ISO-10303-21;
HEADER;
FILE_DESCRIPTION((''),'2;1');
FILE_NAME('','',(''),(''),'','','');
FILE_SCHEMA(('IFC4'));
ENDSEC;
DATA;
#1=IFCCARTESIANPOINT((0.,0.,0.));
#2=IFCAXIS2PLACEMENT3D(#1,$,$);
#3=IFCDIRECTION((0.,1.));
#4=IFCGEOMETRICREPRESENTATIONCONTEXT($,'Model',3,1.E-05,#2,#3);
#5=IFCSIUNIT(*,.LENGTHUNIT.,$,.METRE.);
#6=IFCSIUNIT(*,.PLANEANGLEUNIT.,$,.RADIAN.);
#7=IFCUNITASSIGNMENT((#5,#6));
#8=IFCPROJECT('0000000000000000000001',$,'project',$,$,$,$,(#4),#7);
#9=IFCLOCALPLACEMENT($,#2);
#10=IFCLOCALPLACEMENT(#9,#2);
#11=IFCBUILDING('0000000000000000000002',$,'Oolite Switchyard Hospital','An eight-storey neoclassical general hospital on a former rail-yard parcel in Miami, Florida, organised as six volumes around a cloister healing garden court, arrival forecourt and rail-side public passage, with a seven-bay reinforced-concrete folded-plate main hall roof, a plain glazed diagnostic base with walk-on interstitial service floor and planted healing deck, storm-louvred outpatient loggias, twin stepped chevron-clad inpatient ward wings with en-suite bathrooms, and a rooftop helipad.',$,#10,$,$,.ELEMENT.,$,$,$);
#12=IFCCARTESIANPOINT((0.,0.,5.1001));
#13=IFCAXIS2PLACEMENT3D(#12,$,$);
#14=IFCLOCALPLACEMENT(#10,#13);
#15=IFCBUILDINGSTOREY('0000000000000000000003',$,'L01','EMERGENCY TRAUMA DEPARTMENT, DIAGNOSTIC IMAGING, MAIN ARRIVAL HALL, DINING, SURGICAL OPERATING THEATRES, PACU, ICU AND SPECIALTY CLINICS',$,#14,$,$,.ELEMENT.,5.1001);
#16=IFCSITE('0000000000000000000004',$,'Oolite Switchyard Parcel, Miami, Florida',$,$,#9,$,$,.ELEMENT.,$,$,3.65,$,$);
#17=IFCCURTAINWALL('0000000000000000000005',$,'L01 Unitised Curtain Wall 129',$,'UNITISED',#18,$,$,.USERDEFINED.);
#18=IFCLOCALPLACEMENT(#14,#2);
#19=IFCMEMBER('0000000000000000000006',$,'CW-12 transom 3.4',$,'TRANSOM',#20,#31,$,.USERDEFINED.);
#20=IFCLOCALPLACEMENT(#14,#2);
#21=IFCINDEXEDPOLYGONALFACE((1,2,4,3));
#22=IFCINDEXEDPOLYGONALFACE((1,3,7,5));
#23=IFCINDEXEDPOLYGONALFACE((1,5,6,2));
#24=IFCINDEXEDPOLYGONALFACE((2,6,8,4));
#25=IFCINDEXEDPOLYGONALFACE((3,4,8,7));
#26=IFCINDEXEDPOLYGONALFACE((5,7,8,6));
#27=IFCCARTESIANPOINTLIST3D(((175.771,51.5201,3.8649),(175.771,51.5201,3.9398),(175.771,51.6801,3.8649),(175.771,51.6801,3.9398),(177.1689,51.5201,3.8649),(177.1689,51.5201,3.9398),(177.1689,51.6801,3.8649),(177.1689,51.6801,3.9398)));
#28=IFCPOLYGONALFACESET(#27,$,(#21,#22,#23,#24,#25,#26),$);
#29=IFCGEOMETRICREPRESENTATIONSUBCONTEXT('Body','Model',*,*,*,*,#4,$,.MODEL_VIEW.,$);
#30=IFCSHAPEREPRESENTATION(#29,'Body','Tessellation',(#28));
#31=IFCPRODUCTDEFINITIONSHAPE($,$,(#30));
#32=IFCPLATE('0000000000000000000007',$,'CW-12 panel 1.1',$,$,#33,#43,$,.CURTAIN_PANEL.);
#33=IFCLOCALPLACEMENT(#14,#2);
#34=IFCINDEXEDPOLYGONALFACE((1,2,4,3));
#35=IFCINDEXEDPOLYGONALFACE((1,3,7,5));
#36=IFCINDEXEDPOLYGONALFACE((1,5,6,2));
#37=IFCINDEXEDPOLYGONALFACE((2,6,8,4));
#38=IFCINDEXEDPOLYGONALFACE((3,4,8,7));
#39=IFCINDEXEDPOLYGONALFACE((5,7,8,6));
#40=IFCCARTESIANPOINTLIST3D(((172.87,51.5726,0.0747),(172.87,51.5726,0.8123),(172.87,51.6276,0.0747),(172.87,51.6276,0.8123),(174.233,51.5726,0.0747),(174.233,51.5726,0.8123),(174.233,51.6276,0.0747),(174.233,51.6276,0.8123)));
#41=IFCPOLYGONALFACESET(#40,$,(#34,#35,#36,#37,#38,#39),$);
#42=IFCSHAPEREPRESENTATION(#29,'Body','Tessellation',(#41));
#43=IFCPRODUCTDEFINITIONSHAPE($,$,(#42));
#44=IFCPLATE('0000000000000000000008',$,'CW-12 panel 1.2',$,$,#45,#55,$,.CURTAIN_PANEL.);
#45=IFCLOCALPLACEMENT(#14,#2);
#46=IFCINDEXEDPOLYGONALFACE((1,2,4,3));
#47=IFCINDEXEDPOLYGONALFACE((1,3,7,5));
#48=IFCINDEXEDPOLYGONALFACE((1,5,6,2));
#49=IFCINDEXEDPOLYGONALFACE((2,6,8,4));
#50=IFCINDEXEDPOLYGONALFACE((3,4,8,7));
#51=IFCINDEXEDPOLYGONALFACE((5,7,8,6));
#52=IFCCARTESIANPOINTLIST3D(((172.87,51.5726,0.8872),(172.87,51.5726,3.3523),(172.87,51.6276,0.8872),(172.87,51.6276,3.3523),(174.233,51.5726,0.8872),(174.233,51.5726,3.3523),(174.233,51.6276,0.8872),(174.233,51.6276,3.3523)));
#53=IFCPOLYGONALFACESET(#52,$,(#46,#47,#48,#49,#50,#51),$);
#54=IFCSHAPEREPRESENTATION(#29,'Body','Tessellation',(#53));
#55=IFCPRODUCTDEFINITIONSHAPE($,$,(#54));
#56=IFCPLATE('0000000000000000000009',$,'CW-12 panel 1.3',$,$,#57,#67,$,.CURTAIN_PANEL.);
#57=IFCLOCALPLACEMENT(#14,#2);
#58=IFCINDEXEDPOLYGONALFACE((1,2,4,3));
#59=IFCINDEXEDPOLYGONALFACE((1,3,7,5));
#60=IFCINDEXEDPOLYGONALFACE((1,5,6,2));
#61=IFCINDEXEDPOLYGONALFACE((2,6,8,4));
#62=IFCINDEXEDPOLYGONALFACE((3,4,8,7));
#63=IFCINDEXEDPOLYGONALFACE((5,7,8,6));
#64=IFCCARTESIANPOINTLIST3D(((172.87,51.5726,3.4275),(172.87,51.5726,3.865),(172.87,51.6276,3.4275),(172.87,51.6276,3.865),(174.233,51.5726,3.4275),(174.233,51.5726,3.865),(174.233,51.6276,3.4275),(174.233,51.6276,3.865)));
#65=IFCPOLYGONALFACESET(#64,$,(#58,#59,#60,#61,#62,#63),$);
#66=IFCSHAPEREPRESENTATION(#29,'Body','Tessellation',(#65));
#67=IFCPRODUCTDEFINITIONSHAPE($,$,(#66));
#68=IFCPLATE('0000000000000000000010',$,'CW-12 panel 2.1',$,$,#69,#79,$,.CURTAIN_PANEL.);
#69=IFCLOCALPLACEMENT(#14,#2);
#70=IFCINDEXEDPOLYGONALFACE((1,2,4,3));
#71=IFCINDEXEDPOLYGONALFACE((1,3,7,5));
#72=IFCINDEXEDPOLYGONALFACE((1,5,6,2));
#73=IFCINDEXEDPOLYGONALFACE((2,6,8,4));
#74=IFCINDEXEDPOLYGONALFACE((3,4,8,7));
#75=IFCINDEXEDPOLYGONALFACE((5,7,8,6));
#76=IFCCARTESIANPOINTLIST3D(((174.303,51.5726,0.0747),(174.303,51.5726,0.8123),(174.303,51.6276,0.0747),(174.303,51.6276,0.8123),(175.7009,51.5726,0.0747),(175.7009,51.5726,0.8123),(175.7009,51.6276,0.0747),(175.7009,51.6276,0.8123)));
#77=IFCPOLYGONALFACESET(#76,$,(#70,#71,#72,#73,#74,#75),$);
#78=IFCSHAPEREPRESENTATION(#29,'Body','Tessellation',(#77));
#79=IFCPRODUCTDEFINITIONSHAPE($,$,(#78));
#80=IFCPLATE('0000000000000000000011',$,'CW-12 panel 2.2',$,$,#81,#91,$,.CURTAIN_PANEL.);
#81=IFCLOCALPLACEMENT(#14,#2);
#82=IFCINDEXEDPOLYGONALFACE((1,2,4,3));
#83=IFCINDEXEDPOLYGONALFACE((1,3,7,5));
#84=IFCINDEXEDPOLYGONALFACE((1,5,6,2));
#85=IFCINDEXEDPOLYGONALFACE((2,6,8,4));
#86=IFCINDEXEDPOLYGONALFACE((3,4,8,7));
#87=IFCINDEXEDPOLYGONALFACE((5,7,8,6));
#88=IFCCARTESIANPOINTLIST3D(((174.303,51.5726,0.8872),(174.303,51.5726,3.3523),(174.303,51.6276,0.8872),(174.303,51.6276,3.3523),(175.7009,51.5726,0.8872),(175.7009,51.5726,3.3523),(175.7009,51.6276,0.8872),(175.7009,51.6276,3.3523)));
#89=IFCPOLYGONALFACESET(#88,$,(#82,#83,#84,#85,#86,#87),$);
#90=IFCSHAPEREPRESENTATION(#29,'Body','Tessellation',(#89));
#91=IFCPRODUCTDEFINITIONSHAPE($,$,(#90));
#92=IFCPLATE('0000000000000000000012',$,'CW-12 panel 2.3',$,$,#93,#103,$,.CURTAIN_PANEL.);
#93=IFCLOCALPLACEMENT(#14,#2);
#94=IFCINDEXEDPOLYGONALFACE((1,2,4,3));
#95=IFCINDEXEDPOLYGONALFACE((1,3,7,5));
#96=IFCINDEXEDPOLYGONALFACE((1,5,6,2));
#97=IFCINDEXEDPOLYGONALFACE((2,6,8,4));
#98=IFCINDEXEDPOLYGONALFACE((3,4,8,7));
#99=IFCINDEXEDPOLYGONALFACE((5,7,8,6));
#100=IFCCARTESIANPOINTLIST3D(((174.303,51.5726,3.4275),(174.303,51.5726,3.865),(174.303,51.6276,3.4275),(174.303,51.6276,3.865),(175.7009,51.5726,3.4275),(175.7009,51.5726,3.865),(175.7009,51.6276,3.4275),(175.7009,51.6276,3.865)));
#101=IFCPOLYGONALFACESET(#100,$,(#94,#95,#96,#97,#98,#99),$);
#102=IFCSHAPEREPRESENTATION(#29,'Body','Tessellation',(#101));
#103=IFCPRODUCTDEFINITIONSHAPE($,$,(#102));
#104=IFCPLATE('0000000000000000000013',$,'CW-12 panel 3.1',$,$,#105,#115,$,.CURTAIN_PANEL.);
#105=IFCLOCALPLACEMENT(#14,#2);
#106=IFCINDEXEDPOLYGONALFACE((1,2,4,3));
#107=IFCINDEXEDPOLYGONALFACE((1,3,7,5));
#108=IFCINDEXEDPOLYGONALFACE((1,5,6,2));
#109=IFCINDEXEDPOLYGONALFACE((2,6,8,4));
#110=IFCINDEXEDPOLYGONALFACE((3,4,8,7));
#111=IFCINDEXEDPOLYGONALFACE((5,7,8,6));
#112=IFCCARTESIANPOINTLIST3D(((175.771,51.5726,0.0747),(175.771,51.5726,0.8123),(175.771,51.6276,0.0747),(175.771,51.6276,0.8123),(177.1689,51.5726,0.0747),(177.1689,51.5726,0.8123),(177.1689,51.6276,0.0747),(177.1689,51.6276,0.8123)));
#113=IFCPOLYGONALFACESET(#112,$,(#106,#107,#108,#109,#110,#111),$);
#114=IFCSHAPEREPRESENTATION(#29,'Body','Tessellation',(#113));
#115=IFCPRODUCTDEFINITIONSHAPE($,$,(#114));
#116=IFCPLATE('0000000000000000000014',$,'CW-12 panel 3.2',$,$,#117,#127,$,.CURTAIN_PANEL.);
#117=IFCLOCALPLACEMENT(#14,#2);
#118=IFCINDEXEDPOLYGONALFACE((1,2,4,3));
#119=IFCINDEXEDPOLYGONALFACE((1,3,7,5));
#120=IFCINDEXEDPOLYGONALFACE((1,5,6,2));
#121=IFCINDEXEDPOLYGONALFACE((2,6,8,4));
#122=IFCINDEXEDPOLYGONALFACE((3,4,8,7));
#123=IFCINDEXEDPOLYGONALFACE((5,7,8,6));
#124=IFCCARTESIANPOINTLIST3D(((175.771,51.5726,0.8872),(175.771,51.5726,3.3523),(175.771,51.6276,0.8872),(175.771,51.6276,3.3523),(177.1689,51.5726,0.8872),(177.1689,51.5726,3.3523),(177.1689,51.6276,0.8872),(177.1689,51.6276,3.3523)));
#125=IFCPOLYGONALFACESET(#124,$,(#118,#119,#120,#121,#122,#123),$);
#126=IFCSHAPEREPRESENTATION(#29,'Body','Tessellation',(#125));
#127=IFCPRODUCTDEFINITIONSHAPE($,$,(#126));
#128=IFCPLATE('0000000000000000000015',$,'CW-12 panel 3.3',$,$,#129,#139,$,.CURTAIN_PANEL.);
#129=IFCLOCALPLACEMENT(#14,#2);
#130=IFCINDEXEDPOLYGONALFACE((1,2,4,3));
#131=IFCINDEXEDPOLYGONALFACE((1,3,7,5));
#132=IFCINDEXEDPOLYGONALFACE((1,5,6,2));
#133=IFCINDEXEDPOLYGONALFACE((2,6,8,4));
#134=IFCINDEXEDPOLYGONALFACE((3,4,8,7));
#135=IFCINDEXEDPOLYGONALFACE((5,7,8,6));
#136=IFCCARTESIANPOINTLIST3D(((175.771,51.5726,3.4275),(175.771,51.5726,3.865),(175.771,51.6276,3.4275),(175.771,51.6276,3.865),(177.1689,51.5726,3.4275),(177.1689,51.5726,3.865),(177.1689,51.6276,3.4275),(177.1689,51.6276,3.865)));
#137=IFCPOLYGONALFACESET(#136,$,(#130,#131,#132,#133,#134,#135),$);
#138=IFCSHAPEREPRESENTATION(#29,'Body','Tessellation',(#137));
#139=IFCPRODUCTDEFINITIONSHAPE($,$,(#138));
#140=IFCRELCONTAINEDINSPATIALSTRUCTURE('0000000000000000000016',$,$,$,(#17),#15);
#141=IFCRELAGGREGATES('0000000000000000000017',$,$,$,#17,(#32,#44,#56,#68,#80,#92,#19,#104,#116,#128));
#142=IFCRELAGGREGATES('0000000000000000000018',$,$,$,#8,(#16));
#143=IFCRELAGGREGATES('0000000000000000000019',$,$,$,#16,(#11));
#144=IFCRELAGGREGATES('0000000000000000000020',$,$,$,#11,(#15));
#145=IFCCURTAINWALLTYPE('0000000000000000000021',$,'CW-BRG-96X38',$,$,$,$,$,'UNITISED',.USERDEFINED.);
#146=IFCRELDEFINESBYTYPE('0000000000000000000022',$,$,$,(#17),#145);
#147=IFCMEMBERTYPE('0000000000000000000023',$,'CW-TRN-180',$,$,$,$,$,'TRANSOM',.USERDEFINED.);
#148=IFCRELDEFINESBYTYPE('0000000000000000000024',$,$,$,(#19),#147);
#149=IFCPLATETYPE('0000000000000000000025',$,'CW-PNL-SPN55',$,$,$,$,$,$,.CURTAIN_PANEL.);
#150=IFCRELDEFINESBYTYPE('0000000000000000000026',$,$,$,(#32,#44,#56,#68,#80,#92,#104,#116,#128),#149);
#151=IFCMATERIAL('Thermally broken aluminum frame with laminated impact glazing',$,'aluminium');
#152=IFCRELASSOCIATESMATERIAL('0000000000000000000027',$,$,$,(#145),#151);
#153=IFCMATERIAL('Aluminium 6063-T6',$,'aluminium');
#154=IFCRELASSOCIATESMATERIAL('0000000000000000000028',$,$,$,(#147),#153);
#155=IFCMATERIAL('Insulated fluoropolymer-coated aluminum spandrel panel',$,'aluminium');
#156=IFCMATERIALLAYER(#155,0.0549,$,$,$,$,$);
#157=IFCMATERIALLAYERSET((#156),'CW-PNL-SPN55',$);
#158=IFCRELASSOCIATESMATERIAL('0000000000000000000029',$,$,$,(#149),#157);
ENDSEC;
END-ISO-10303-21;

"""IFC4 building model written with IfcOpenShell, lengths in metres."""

from ifc_helpers import new_model, si_unit, direction, frame, origin, origin_2d, place, context, subcontext, project, spatial, rectangle, extrude, material, layer, layer_set, material_profile, profile_set, type_object, element, aggregate, save


model = new_model("IFC4")

# Units and contexts
model_context = context("Model", 3, precision=1e-05, world=origin(), true_north=direction((0.0, 1.0)))
body_context = subcontext(model_context, "Body", "Model", "MODEL_VIEW")
ifc_project = project(units=[si_unit("LENGTHUNIT", "METRE"), si_unit("PLANEANGLEUNIT", "RADIAN")], contexts=[model_context])

# Site, building, storey
site_placement = place(None, origin())
site = spatial("IfcSite", under=ifc_project, at=site_placement, Name="Oolite Switchyard Parcel, Miami, Florida", CompositionType="ELEMENT", RefElevation=3.65)
building_placement = place(site_placement, origin())
building = spatial("IfcBuilding", under=site, at=building_placement, Name="Oolite Switchyard Hospital", Description="An eight-storey neoclassical general hospital on a former rail-yard parcel in Miami, Florida, organised as six volumes around a cloister healing garden court, arrival forecourt and rail-side public passage, with a seven-bay reinforced-concrete folded-plate main hall roof, a plain glazed diagnostic base with walk-on interstitial service floor and planted healing deck, storm-louvred outpatient loggias, twin stepped chevron-clad inpatient ward wings with en-suite bathrooms, and a rooftop helipad.", CompositionType="ELEMENT")
storey_placement = place(building_placement, frame((0.0, 0.0, 5.1001)))
storey = spatial("IfcBuildingStorey", under=building, at=storey_placement, Name="L01", Description="EMERGENCY TRAUMA DEPARTMENT, DIAGNOSTIC IMAGING, MAIN ARRIVAL HALL, DINING, SURGICAL OPERATING THEATRES, PACU, ICU AND SPECIALTY CLINICS", CompositionType="ELEMENT", Elevation=5.1001)

# Curtain wall, member, plates
ifc_material_1 = material(Name="Thermally broken aluminum frame with laminated impact glazing", Category="aluminium")
curtain_wall_type = type_object("IfcCurtainWallType", Name="CW-BRG-96X38", ElementType="UNITISED", PredefinedType="USERDEFINED", material=ifc_material_1)
curtain_wall_placement = place(storey_placement, origin())
curtain_wall = element("IfcCurtainWall", 1, at=curtain_wall_placement, inside=storey, type_object=curtain_wall_type, Name="L01 Unitised Curtain Wall 129", ObjectType="UNITISED", PredefinedType="USERDEFINED")
ifc_material_2 = material(Name="Aluminium 6063-T6", Category="aluminium")
ifc_material_profile_1 = material_profile(ifc_material_2, rectangle(XDim=0.1599, YDim=0.075, at=origin_2d()), Name="CWT75X160")
ifc_profile_set_1 = profile_set([ifc_material_profile_1], Name="Aluminium 6063-T6")
member_type_1 = type_object("IfcMemberType", Name="CW-TRN-180", ElementType="TRANSOM", PredefinedType="USERDEFINED", material=ifc_profile_set_1)
member_1_placement = place(storey_placement, frame((175.771, 51.6001, 3.9023), z_axis=(1.0, 0.0, 0.0), x_axis=(0.0, 1.0, 0.0)))
member_1 = element("IfcMember", 2, at=member_1_placement, type_object=member_type_1, Name="CW-12 transom 3.4", ObjectType="TRANSOM", PredefinedType="USERDEFINED", context=body_context, shape_type="SweptSolid", body=[
    extrude(rectangle(XDim=0.1599, YDim=0.075, at=origin_2d()), origin(), (0.0, 0.0, 1.0), 1.3979),
])
ifc_material_3 = material(Name="Insulated fluoropolymer-coated aluminum spandrel panel", Category="aluminium")
ifc_layer = layer(ifc_material_3, 0.0549)
ifc_layer_set = layer_set([ifc_layer], Name="CW-PNL-SPN55")
plate_type = type_object("IfcPlateType", Name="CW-PNL-SPN55", PredefinedType="CURTAIN_PANEL", material=ifc_layer_set)
plate_1_placement = place(storey_placement, frame((173.5515, 51.6001, 0.0747), z_axis=(0.0, 0.0, 1.0), x_axis=(1.0, 0.0, 0.0)))
plate_1 = element("IfcPlate", 3, at=plate_1_placement, type_object=plate_type, Name="CW-12 panel 1.1", PredefinedType="CURTAIN_PANEL", context=body_context, shape_type="SweptSolid", body=[
    extrude(rectangle(XDim=1.363, YDim=0.0549, at=origin_2d()), origin(), (0.0, 0.0, 1.0), 0.7375),
])
plate_2_placement = place(storey_placement, frame((173.5515, 51.6001, 0.8872), z_axis=(0.0, 0.0, 1.0), x_axis=(1.0, 0.0, 0.0)))
plate_2 = element("IfcPlate", 4, at=plate_2_placement, type_object=plate_type, Name="CW-12 panel 1.2", PredefinedType="CURTAIN_PANEL", context=body_context, shape_type="SweptSolid", body=[
    extrude(rectangle(XDim=1.363, YDim=0.0549, at=origin_2d()), origin(), (0.0, 0.0, 1.0), 2.4651),
])
plate_3_placement = place(storey_placement, frame((173.5515, 51.6001, 3.4275), z_axis=(0.0, 0.0, 1.0), x_axis=(1.0, 0.0, 0.0)))
plate_3 = element("IfcPlate", 5, at=plate_3_placement, type_object=plate_type, Name="CW-12 panel 1.3", PredefinedType="CURTAIN_PANEL", context=body_context, shape_type="SweptSolid", body=[
    extrude(rectangle(XDim=1.363, YDim=0.0549, at=origin_2d()), origin(), (0.0, 0.0, 1.0), 0.4375),
])
plate_4_placement = place(storey_placement, frame((175.002, 51.6001, 0.0747), z_axis=(0.0, 0.0, 1.0), x_axis=(1.0, 0.0, 0.0)))
plate_4 = element("IfcPlate", 6, at=plate_4_placement, type_object=plate_type, Name="CW-12 panel 2.1", PredefinedType="CURTAIN_PANEL", context=body_context, shape_type="SweptSolid", body=[
    extrude(rectangle(XDim=1.3979, YDim=0.0549, at=origin_2d()), origin(), (0.0, 0.0, 1.0), 0.7375),
])
plate_5_placement = place(storey_placement, frame((175.002, 51.6001, 0.8872), z_axis=(0.0, 0.0, 1.0), x_axis=(1.0, 0.0, 0.0)))
plate_5 = element("IfcPlate", 7, at=plate_5_placement, type_object=plate_type, Name="CW-12 panel 2.2", PredefinedType="CURTAIN_PANEL", context=body_context, shape_type="SweptSolid", body=[
    extrude(rectangle(XDim=1.3979, YDim=0.0549, at=origin_2d()), origin(), (0.0, 0.0, 1.0), 2.4651),
])
plate_6_placement = place(storey_placement, frame((175.002, 51.6001, 3.4275), z_axis=(0.0, 0.0, 1.0), x_axis=(1.0, 0.0, 0.0)))
plate_6 = element("IfcPlate", 8, at=plate_6_placement, type_object=plate_type, Name="CW-12 panel 2.3", PredefinedType="CURTAIN_PANEL", context=body_context, shape_type="SweptSolid", body=[
    extrude(rectangle(XDim=1.3979, YDim=0.0549, at=origin_2d()), origin(), (0.0, 0.0, 1.0), 0.4375),
])
plate_7_placement = place(storey_placement, frame((176.47, 51.6001, 0.0747), z_axis=(0.0, 0.0, 1.0), x_axis=(1.0, 0.0, 0.0)))
plate_7 = element("IfcPlate", 9, at=plate_7_placement, type_object=plate_type, Name="CW-12 panel 3.1", PredefinedType="CURTAIN_PANEL", context=body_context, shape_type="SweptSolid", body=[
    extrude(rectangle(XDim=1.3979, YDim=0.0549, at=origin_2d()), origin(), (0.0, 0.0, 1.0), 0.7375),
])
plate_8_placement = place(storey_placement, frame((176.47, 51.6001, 0.8872), z_axis=(0.0, 0.0, 1.0), x_axis=(1.0, 0.0, 0.0)))
plate_8 = element("IfcPlate", 10, at=plate_8_placement, type_object=plate_type, Name="CW-12 panel 3.2", PredefinedType="CURTAIN_PANEL", context=body_context, shape_type="SweptSolid", body=[
    extrude(rectangle(XDim=1.3979, YDim=0.0549, at=origin_2d()), origin(), (0.0, 0.0, 1.0), 2.4651),
])
plate_9_placement = place(storey_placement, frame((176.47, 51.6001, 3.4275), z_axis=(0.0, 0.0, 1.0), x_axis=(1.0, 0.0, 0.0)))
plate_9 = element("IfcPlate", 11, at=plate_9_placement, type_object=plate_type, Name="CW-12 panel 3.3", PredefinedType="CURTAIN_PANEL", context=body_context, shape_type="SweptSolid", body=[
    extrude(rectangle(XDim=1.3979, YDim=0.0549, at=origin_2d()), origin(), (0.0, 0.0, 1.0), 0.4375),
])
aggregate(curtain_wall, [plate_1, plate_2, plate_3, plate_4, plate_5, plate_6, member_1, plate_7, plate_8, plate_9])

save(model, "model.ifc")
